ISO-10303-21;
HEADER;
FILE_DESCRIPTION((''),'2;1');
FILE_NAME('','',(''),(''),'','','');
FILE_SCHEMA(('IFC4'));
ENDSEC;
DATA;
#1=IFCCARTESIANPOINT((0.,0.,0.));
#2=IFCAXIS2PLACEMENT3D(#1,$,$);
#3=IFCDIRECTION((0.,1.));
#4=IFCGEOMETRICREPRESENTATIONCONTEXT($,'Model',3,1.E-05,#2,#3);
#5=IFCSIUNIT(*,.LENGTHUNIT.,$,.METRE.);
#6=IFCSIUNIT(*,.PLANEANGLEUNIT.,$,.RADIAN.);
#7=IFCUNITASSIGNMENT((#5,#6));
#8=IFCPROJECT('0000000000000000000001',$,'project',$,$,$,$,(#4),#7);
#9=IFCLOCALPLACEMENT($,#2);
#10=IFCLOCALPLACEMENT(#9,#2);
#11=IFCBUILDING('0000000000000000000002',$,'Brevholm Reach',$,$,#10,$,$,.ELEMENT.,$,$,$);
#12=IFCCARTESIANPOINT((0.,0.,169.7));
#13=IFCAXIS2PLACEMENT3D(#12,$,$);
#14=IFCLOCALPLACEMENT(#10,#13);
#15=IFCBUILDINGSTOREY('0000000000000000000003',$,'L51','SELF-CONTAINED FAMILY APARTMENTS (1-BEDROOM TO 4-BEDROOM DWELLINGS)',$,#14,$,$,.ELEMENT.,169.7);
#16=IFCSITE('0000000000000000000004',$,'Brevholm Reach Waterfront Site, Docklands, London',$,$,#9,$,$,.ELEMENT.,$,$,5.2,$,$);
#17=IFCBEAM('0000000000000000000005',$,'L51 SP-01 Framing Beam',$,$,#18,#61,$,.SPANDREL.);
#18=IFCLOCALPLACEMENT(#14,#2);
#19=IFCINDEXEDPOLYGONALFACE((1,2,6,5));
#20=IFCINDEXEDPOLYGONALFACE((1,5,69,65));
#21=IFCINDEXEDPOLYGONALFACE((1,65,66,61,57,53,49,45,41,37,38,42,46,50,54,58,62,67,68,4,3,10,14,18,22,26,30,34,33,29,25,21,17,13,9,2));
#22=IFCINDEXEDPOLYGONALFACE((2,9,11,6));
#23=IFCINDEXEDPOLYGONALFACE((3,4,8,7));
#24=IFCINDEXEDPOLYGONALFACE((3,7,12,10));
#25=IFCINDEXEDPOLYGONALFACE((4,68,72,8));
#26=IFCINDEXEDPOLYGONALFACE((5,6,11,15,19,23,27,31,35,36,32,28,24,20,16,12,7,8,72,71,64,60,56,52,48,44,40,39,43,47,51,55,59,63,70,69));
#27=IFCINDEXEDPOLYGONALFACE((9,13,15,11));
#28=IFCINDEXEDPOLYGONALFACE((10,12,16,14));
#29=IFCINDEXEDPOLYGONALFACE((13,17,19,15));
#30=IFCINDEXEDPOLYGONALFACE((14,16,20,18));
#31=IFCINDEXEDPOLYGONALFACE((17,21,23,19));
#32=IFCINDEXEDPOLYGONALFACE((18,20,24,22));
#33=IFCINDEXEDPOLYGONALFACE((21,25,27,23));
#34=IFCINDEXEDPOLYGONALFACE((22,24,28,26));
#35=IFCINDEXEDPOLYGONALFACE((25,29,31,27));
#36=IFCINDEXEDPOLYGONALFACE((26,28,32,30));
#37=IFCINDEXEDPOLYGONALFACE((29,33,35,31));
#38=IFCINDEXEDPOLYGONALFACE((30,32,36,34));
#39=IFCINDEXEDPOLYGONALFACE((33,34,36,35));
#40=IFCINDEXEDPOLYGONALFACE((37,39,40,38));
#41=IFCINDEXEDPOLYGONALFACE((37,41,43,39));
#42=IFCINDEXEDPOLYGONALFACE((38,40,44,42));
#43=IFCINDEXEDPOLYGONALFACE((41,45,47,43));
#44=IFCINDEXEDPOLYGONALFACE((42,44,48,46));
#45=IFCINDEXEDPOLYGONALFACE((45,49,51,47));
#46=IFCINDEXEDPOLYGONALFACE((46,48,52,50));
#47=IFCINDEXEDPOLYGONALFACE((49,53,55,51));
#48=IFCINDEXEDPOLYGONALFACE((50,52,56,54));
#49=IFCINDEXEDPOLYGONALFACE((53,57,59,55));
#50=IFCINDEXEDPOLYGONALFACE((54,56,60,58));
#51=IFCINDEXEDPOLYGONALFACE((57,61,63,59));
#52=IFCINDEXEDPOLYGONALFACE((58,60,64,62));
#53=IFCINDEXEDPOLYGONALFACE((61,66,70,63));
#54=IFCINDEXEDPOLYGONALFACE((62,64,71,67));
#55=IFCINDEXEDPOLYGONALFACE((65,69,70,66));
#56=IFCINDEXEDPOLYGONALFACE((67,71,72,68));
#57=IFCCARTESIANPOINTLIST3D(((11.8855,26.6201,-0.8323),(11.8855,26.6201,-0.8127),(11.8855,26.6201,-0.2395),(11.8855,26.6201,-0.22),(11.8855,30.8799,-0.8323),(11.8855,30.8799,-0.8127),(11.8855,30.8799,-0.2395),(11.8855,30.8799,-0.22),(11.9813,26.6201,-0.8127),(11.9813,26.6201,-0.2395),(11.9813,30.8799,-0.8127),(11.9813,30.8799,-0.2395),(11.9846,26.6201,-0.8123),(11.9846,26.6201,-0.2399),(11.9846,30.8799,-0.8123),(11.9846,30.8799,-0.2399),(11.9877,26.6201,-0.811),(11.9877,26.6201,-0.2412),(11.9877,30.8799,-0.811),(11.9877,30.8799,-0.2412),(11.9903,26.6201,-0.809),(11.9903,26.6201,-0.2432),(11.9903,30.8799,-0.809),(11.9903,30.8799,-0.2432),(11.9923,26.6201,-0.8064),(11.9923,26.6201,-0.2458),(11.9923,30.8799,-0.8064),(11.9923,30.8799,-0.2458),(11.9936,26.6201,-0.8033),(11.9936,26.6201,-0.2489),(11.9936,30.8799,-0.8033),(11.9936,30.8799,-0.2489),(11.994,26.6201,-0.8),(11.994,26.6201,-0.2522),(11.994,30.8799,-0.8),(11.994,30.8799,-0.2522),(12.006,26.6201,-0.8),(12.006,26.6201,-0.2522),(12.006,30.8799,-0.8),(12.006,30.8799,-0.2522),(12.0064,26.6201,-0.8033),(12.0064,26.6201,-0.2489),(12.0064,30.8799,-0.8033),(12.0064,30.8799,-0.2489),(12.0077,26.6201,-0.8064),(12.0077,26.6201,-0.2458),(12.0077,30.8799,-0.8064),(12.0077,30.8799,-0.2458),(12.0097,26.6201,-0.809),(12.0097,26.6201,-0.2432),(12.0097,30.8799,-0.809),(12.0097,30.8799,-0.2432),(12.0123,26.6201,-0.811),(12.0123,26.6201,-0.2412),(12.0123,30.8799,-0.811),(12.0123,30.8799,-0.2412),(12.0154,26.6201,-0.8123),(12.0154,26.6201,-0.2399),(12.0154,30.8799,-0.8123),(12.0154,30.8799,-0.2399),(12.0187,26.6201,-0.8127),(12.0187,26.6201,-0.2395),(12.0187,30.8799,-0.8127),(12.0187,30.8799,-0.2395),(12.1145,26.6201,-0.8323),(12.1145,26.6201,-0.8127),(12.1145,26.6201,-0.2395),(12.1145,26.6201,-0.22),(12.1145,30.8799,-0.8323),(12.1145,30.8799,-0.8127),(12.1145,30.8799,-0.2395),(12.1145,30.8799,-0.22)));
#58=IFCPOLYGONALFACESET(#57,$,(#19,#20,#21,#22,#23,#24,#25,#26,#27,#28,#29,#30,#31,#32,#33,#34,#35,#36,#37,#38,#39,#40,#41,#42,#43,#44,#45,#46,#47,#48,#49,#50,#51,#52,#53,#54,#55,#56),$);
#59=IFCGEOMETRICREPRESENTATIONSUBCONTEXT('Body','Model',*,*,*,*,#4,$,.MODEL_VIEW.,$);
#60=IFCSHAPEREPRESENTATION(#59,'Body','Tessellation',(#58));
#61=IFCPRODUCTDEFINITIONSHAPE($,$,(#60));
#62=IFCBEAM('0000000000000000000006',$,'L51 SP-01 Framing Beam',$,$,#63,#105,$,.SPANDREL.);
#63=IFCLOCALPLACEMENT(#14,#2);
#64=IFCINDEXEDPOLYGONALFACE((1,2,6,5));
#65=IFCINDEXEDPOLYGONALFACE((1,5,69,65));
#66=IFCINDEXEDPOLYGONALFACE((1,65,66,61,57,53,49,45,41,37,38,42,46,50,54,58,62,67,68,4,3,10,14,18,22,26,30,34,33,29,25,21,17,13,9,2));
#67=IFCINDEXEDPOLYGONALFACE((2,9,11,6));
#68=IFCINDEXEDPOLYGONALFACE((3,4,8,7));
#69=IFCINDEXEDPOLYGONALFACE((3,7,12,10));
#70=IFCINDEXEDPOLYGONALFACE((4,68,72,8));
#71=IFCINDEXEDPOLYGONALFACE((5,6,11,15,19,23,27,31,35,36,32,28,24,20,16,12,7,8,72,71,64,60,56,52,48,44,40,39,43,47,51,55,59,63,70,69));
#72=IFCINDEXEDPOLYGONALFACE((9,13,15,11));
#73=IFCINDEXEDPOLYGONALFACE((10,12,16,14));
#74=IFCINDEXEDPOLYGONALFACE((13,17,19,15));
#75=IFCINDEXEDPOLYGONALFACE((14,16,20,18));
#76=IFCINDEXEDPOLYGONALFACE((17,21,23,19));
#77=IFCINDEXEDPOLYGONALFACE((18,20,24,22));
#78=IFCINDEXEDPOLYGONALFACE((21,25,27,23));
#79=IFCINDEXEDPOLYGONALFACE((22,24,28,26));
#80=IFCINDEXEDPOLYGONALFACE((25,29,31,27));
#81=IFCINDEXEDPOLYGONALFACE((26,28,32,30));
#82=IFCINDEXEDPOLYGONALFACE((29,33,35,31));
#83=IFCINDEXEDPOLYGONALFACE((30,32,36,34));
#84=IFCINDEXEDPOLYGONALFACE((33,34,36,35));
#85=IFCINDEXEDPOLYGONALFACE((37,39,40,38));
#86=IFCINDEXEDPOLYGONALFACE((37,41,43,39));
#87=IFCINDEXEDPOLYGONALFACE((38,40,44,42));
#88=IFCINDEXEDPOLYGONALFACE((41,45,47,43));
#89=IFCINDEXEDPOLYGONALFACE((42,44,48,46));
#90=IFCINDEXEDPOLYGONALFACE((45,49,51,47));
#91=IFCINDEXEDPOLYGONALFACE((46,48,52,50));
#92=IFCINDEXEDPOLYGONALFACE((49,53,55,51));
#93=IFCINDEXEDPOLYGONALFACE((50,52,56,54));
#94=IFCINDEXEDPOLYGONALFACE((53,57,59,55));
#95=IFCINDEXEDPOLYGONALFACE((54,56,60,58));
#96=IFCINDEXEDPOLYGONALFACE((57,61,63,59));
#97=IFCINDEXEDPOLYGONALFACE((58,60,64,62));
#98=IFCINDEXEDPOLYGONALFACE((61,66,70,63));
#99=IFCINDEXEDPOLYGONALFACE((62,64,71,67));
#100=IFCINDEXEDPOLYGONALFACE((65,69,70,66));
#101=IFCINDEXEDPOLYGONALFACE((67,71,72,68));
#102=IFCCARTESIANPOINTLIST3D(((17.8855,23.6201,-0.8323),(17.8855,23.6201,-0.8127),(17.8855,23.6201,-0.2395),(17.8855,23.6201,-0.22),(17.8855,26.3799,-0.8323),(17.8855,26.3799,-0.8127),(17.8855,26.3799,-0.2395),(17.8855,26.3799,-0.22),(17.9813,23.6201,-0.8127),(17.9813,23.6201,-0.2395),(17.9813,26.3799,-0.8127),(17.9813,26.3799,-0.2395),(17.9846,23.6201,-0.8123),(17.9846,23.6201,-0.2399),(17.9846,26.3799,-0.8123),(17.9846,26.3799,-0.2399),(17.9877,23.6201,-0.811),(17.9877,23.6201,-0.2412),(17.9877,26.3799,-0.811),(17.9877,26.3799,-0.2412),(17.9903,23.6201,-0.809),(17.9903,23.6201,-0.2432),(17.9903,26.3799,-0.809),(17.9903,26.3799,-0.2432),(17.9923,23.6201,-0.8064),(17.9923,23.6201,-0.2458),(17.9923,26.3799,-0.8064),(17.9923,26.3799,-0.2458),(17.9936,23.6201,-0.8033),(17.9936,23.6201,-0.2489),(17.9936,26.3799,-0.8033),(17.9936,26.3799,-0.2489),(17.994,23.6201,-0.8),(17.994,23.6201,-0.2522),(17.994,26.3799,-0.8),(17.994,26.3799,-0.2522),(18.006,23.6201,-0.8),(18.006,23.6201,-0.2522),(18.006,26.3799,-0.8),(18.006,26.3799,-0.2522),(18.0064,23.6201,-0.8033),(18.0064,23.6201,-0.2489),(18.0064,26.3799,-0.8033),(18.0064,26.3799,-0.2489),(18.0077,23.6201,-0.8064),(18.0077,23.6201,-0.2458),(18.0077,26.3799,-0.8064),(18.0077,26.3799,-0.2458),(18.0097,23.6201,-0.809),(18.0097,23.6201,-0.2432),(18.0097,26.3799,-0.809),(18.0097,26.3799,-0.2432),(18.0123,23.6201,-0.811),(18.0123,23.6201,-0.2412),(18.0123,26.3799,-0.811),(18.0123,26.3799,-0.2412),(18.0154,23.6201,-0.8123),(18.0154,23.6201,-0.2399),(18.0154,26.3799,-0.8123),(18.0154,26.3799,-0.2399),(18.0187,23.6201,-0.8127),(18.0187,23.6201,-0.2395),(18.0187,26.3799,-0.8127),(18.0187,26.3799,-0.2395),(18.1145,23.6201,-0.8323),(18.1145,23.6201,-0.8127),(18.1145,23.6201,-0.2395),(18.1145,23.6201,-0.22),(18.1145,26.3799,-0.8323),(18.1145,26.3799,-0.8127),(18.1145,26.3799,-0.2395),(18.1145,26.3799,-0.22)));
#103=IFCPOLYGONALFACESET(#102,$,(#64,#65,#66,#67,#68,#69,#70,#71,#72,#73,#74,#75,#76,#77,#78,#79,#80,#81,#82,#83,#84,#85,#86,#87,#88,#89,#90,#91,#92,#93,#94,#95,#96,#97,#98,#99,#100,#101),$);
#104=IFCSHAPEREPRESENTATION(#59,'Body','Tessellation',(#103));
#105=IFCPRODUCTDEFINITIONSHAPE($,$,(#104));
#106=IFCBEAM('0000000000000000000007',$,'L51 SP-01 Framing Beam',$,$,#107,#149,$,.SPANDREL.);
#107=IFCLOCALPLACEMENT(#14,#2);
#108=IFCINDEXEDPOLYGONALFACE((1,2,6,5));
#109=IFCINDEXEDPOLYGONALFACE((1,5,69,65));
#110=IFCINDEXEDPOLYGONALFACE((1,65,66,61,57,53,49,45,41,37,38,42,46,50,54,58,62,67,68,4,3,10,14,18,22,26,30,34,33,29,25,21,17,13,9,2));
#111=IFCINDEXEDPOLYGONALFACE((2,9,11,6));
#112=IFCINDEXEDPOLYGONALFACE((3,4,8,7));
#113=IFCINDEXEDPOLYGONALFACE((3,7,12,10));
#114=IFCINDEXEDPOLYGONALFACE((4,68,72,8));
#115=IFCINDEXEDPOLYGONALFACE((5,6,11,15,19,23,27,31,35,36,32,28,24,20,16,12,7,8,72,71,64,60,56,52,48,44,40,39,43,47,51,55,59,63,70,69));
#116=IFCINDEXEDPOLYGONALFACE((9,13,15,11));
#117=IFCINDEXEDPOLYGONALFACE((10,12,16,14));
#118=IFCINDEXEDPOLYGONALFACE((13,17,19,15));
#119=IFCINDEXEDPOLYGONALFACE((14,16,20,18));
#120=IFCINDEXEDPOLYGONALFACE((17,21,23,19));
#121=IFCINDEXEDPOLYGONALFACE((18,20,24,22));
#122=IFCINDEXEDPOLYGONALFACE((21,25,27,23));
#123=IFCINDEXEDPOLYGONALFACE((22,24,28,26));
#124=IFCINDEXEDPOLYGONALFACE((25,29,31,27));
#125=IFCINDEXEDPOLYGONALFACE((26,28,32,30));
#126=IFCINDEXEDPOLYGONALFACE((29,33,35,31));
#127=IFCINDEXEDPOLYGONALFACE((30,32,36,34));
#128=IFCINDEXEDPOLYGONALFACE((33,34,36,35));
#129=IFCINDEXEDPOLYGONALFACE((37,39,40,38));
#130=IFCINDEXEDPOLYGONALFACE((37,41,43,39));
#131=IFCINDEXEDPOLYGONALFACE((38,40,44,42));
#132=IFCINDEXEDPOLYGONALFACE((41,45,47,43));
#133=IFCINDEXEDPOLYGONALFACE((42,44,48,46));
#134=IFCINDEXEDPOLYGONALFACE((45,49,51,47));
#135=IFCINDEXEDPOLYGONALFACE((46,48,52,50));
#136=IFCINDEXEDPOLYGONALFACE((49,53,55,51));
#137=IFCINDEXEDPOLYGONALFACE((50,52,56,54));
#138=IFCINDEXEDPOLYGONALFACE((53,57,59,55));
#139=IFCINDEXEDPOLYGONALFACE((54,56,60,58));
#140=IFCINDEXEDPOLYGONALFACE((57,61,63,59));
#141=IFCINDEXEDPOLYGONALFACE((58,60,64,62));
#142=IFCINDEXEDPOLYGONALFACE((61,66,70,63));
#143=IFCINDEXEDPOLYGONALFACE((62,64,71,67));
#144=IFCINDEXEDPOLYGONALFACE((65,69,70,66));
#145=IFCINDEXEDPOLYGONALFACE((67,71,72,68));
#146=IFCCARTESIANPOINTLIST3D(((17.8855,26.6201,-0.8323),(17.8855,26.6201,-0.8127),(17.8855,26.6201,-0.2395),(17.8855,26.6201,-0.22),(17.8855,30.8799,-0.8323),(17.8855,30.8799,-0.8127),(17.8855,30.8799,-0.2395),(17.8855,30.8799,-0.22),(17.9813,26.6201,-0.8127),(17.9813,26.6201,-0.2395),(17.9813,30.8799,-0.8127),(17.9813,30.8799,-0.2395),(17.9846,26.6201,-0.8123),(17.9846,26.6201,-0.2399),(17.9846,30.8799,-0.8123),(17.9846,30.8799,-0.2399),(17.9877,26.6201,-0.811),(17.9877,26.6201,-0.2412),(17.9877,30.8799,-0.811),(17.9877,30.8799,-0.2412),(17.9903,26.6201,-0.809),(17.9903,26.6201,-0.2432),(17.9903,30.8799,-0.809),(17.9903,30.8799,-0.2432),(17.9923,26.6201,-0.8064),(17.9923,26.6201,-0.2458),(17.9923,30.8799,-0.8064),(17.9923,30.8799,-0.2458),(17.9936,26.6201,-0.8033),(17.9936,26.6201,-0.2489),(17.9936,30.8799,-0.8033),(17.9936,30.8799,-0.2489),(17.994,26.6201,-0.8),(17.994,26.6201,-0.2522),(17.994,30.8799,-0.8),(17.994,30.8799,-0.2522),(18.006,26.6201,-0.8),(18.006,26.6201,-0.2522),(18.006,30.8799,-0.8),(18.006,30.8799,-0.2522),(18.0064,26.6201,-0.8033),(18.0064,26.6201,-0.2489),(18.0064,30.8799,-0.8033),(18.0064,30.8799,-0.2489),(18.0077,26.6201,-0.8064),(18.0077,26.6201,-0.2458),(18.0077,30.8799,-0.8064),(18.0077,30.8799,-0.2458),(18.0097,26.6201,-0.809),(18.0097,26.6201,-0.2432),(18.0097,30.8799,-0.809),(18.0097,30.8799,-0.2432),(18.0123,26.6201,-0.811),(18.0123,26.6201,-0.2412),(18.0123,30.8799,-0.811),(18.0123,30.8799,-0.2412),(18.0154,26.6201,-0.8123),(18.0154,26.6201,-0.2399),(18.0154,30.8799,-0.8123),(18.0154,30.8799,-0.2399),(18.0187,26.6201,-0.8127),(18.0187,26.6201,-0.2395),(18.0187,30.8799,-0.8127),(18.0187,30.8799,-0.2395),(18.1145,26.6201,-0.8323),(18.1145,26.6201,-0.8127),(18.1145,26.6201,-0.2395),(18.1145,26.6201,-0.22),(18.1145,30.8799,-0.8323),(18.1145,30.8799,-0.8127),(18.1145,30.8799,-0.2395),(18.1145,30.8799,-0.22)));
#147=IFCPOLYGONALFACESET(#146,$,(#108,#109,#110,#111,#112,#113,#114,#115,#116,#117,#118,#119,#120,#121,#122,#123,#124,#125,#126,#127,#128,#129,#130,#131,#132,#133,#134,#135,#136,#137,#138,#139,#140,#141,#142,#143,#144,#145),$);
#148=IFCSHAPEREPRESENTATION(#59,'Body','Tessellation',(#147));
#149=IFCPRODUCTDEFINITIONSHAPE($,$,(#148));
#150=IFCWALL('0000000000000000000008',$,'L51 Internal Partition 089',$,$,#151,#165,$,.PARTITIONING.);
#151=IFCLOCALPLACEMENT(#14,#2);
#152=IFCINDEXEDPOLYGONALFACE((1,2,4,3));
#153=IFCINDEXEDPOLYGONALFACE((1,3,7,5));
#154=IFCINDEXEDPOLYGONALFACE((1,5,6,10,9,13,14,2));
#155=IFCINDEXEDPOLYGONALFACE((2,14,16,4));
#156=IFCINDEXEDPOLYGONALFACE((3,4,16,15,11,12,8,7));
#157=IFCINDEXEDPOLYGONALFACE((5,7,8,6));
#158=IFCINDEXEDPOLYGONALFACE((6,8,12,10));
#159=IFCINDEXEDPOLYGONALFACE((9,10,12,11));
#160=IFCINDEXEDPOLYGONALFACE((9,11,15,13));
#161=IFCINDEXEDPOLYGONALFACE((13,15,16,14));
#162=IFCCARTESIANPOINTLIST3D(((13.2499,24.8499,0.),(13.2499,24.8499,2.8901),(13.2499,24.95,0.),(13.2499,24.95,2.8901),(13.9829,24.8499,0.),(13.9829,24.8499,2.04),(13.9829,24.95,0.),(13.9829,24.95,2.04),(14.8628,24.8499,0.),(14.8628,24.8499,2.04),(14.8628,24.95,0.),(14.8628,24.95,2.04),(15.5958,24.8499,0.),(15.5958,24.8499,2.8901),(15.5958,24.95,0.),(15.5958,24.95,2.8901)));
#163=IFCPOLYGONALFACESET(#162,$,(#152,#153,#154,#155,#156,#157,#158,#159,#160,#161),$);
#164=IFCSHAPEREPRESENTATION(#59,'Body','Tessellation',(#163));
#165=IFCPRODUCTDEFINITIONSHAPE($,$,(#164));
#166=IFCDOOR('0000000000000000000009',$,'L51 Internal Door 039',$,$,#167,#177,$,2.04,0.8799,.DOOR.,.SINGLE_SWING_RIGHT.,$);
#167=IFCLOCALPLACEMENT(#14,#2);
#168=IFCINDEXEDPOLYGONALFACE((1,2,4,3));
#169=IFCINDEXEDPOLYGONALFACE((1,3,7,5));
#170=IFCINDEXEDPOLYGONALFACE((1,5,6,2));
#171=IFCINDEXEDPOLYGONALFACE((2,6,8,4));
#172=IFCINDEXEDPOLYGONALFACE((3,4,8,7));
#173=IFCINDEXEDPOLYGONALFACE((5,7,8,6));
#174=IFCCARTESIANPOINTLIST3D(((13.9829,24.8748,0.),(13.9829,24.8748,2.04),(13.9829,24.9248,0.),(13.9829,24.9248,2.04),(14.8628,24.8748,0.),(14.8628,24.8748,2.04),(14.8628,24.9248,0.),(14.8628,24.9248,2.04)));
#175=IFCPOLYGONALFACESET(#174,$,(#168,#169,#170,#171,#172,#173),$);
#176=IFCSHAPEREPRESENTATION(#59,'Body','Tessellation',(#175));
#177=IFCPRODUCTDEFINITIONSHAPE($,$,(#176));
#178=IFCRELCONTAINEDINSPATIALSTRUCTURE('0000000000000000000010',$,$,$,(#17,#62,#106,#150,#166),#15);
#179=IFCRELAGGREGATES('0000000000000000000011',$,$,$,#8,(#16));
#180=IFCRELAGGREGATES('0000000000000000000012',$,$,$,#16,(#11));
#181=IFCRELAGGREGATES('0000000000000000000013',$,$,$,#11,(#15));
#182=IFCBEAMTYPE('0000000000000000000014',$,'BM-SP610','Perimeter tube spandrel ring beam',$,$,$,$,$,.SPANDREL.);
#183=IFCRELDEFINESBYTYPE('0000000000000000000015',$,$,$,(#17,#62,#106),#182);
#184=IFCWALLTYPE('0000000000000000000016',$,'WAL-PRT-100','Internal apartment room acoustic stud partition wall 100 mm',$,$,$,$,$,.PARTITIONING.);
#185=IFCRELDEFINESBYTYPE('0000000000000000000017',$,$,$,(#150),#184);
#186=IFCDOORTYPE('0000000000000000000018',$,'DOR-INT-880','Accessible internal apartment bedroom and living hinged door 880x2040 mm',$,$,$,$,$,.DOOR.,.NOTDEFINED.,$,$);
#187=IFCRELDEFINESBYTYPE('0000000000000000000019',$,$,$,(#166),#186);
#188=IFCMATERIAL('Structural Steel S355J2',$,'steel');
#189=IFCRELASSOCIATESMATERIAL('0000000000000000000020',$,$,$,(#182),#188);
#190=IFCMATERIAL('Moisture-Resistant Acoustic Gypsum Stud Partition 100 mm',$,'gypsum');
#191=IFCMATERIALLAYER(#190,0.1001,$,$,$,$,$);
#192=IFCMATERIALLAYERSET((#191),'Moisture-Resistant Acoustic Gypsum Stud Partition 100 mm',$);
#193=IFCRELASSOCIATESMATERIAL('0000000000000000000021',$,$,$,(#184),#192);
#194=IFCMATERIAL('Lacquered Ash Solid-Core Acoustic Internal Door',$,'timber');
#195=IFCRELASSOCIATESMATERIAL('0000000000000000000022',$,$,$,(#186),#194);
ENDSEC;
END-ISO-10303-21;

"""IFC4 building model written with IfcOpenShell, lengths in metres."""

from ifc_helpers import new_model, si_unit, direction, frame, frame_2d, origin, origin_2d, place, context, subcontext, project, spatial, rectangle, i_section, extrude, material, layer, layer_set, material_profile, profile_set, type_object, element, fill, save


model = new_model("IFC4")

# Units and contexts
model_context = context("Model", 3, precision=1e-05, world=origin(), true_north=direction((0.0, 1.0)))
body_context = subcontext(model_context, "Body", "Model", "MODEL_VIEW")
ifc_project = project(units=[si_unit("LENGTHUNIT", "METRE"), si_unit("PLANEANGLEUNIT", "RADIAN")], contexts=[model_context])

# Site, building, storey
site_placement = place(None, origin())
site = spatial("IfcSite", under=ifc_project, at=site_placement, Name="Brevholm Reach Waterfront Site, Docklands, London", CompositionType="ELEMENT", RefElevation=5.2)
building_placement = place(site_placement, origin())
building = spatial("IfcBuilding", under=site, at=building_placement, Name="Brevholm Reach", CompositionType="ELEMENT")
storey_placement = place(building_placement, frame((0.0, 0.0, 169.7)))
storey = spatial("IfcBuildingStorey", under=building, at=storey_placement, Name="L51", Description="SELF-CONTAINED FAMILY APARTMENTS (1-BEDROOM TO 4-BEDROOM DWELLINGS)", CompositionType="ELEMENT", Elevation=169.7)

# Beams
ifc_material_1 = material(Name="Structural Steel S355J2", Category="steel")
ifc_material_profile_1 = material_profile(ifc_material_1, i_section(OverallWidth=0.229, OverallDepth=0.6123, WebThickness=0.012, FlangeThickness=0.0195, FilletRadius=0.0127, at=origin_2d()), Name="UKB 610x229x125")
ifc_profile_set_1 = profile_set([ifc_material_profile_1], Name="Structural Steel S355J2")
beam_type_1 = type_object("IfcBeamType", Name="BM-SP610", Description="Perimeter tube spandrel ring beam", PredefinedType="SPANDREL", material=ifc_profile_set_1)
beam_1_placement = place(storey_placement, frame((12.0, 26.6201, -0.5261), z_axis=(0.0, 1.0, 0.0), x_axis=(-1.0, 0.0, 0.0)))
element("IfcBeam", 1, at=beam_1_placement, inside=storey, type_object=beam_type_1, Name="L51 SP-01 Framing Beam", PredefinedType="SPANDREL", context=body_context, shape_type="SweptSolid", body=[
    extrude(i_section(OverallWidth=0.229, OverallDepth=0.6123, WebThickness=0.012, FlangeThickness=0.0195, FilletRadius=0.0127, at=origin_2d()), origin(), (0.0, 0.0, 1.0), 4.2598),
])
beam_2_placement = place(storey_placement, frame((18.0, 23.6201, -0.5261), z_axis=(0.0, 1.0, 0.0), x_axis=(-1.0, 0.0, 0.0)))
element("IfcBeam", 2, at=beam_2_placement, inside=storey, type_object=beam_type_1, Name="L51 SP-01 Framing Beam", PredefinedType="SPANDREL", context=body_context, shape_type="SweptSolid", body=[
    extrude(i_section(OverallWidth=0.229, OverallDepth=0.6123, WebThickness=0.012, FlangeThickness=0.0195, FilletRadius=0.0127, at=origin_2d()), origin(), (0.0, 0.0, 1.0), 2.7598),
])
beam_3_placement = place(storey_placement, frame((18.0, 26.6201, -0.5261), z_axis=(0.0, 1.0, 0.0), x_axis=(-1.0, 0.0, 0.0)))
element("IfcBeam", 3, at=beam_3_placement, inside=storey, type_object=beam_type_1, Name="L51 SP-01 Framing Beam", PredefinedType="SPANDREL", context=body_context, shape_type="SweptSolid", body=[
    extrude(i_section(OverallWidth=0.229, OverallDepth=0.6123, WebThickness=0.012, FlangeThickness=0.0195, FilletRadius=0.0127, at=origin_2d()), origin(), (0.0, 0.0, 1.0), 4.2598),
])

# Wall, opening, door
ifc_material_2 = material(Name="Moisture-Resistant Acoustic Gypsum Stud Partition 100 mm", Category="gypsum")
ifc_layer_1 = layer(ifc_material_2, 0.1001)
ifc_layer_set_1 = layer_set([ifc_layer_1], Name="Moisture-Resistant Acoustic Gypsum Stud Partition 100 mm")
wall_type_1 = type_object("IfcWallType", Name="WAL-PRT-100", Description="Internal apartment room acoustic stud partition wall 100 mm", PredefinedType="PARTITIONING", material=ifc_layer_set_1)
wall_1_placement = place(storey_placement, frame((13.25, 24.8999, 0.0), z_axis=(0.0, 0.0, 1.0), x_axis=(1.0, 0.0, 0.0)))
wall_1 = element("IfcWall", 4, at=wall_1_placement, inside=storey, type_object=wall_type_1, Name="L51 Internal Partition 089", PredefinedType="PARTITIONING", context=body_context, shape_type="SweptSolid", body=[
    extrude(rectangle(XDim=2.3459, YDim=0.1001, at=frame_2d((1.1729, 0.0))), origin(), (0.0, 0.0, 1.0), 2.8901),
])
opening_1_placement = place(wall_1_placement, frame((0.7329, 0.0, 0.0)))
opening_1 = element("IfcOpeningElement", 5, at=opening_1_placement, cuts=wall_1, PredefinedType="OPENING", context=body_context, shape_type="SweptSolid", body=[
    extrude(rectangle(XDim=0.8799, YDim=2.04, at=frame_2d((0.4399, 1.02))), frame((0.0, 0.0601, 0.0), z_axis=(0.0, -1.0, 0.0), x_axis=(1.0, 0.0, 0.0)), (0.0, 0.0, 1.0), 0.1201),
])
ifc_material_3 = material(Name="Lacquered Ash Solid-Core Acoustic Internal Door", Category="timber")
door_type_1 = type_object("IfcDoorType", Name="DOR-INT-880", Description="Accessible internal apartment bedroom and living hinged door 880x2040 mm", OperationType="NOTDEFINED", PredefinedType="DOOR", material=ifc_material_3)
door_1_placement = place(opening_1_placement, origin())
door_1 = element("IfcDoor", 6, at=door_1_placement, inside=storey, type_object=door_type_1, Name="L51 Internal Door 039", OperationType="SINGLE_SWING_RIGHT", OverallHeight=2.04, OverallWidth=0.8799, PredefinedType="DOOR", context=body_context, shape_type="SweptSolid", body=[
    extrude(rectangle(XDim=0.8799, YDim=2.04, at=frame_2d((0.4399, 1.02))), frame((0.0, 0.0249, 0.0), z_axis=(0.0, -1.0, 0.0), x_axis=(1.0, 0.0, 0.0)), (0.0, 0.0, 1.0), 0.05),
])
fill(opening_1, door_1)

save(model, "model.ifc")
